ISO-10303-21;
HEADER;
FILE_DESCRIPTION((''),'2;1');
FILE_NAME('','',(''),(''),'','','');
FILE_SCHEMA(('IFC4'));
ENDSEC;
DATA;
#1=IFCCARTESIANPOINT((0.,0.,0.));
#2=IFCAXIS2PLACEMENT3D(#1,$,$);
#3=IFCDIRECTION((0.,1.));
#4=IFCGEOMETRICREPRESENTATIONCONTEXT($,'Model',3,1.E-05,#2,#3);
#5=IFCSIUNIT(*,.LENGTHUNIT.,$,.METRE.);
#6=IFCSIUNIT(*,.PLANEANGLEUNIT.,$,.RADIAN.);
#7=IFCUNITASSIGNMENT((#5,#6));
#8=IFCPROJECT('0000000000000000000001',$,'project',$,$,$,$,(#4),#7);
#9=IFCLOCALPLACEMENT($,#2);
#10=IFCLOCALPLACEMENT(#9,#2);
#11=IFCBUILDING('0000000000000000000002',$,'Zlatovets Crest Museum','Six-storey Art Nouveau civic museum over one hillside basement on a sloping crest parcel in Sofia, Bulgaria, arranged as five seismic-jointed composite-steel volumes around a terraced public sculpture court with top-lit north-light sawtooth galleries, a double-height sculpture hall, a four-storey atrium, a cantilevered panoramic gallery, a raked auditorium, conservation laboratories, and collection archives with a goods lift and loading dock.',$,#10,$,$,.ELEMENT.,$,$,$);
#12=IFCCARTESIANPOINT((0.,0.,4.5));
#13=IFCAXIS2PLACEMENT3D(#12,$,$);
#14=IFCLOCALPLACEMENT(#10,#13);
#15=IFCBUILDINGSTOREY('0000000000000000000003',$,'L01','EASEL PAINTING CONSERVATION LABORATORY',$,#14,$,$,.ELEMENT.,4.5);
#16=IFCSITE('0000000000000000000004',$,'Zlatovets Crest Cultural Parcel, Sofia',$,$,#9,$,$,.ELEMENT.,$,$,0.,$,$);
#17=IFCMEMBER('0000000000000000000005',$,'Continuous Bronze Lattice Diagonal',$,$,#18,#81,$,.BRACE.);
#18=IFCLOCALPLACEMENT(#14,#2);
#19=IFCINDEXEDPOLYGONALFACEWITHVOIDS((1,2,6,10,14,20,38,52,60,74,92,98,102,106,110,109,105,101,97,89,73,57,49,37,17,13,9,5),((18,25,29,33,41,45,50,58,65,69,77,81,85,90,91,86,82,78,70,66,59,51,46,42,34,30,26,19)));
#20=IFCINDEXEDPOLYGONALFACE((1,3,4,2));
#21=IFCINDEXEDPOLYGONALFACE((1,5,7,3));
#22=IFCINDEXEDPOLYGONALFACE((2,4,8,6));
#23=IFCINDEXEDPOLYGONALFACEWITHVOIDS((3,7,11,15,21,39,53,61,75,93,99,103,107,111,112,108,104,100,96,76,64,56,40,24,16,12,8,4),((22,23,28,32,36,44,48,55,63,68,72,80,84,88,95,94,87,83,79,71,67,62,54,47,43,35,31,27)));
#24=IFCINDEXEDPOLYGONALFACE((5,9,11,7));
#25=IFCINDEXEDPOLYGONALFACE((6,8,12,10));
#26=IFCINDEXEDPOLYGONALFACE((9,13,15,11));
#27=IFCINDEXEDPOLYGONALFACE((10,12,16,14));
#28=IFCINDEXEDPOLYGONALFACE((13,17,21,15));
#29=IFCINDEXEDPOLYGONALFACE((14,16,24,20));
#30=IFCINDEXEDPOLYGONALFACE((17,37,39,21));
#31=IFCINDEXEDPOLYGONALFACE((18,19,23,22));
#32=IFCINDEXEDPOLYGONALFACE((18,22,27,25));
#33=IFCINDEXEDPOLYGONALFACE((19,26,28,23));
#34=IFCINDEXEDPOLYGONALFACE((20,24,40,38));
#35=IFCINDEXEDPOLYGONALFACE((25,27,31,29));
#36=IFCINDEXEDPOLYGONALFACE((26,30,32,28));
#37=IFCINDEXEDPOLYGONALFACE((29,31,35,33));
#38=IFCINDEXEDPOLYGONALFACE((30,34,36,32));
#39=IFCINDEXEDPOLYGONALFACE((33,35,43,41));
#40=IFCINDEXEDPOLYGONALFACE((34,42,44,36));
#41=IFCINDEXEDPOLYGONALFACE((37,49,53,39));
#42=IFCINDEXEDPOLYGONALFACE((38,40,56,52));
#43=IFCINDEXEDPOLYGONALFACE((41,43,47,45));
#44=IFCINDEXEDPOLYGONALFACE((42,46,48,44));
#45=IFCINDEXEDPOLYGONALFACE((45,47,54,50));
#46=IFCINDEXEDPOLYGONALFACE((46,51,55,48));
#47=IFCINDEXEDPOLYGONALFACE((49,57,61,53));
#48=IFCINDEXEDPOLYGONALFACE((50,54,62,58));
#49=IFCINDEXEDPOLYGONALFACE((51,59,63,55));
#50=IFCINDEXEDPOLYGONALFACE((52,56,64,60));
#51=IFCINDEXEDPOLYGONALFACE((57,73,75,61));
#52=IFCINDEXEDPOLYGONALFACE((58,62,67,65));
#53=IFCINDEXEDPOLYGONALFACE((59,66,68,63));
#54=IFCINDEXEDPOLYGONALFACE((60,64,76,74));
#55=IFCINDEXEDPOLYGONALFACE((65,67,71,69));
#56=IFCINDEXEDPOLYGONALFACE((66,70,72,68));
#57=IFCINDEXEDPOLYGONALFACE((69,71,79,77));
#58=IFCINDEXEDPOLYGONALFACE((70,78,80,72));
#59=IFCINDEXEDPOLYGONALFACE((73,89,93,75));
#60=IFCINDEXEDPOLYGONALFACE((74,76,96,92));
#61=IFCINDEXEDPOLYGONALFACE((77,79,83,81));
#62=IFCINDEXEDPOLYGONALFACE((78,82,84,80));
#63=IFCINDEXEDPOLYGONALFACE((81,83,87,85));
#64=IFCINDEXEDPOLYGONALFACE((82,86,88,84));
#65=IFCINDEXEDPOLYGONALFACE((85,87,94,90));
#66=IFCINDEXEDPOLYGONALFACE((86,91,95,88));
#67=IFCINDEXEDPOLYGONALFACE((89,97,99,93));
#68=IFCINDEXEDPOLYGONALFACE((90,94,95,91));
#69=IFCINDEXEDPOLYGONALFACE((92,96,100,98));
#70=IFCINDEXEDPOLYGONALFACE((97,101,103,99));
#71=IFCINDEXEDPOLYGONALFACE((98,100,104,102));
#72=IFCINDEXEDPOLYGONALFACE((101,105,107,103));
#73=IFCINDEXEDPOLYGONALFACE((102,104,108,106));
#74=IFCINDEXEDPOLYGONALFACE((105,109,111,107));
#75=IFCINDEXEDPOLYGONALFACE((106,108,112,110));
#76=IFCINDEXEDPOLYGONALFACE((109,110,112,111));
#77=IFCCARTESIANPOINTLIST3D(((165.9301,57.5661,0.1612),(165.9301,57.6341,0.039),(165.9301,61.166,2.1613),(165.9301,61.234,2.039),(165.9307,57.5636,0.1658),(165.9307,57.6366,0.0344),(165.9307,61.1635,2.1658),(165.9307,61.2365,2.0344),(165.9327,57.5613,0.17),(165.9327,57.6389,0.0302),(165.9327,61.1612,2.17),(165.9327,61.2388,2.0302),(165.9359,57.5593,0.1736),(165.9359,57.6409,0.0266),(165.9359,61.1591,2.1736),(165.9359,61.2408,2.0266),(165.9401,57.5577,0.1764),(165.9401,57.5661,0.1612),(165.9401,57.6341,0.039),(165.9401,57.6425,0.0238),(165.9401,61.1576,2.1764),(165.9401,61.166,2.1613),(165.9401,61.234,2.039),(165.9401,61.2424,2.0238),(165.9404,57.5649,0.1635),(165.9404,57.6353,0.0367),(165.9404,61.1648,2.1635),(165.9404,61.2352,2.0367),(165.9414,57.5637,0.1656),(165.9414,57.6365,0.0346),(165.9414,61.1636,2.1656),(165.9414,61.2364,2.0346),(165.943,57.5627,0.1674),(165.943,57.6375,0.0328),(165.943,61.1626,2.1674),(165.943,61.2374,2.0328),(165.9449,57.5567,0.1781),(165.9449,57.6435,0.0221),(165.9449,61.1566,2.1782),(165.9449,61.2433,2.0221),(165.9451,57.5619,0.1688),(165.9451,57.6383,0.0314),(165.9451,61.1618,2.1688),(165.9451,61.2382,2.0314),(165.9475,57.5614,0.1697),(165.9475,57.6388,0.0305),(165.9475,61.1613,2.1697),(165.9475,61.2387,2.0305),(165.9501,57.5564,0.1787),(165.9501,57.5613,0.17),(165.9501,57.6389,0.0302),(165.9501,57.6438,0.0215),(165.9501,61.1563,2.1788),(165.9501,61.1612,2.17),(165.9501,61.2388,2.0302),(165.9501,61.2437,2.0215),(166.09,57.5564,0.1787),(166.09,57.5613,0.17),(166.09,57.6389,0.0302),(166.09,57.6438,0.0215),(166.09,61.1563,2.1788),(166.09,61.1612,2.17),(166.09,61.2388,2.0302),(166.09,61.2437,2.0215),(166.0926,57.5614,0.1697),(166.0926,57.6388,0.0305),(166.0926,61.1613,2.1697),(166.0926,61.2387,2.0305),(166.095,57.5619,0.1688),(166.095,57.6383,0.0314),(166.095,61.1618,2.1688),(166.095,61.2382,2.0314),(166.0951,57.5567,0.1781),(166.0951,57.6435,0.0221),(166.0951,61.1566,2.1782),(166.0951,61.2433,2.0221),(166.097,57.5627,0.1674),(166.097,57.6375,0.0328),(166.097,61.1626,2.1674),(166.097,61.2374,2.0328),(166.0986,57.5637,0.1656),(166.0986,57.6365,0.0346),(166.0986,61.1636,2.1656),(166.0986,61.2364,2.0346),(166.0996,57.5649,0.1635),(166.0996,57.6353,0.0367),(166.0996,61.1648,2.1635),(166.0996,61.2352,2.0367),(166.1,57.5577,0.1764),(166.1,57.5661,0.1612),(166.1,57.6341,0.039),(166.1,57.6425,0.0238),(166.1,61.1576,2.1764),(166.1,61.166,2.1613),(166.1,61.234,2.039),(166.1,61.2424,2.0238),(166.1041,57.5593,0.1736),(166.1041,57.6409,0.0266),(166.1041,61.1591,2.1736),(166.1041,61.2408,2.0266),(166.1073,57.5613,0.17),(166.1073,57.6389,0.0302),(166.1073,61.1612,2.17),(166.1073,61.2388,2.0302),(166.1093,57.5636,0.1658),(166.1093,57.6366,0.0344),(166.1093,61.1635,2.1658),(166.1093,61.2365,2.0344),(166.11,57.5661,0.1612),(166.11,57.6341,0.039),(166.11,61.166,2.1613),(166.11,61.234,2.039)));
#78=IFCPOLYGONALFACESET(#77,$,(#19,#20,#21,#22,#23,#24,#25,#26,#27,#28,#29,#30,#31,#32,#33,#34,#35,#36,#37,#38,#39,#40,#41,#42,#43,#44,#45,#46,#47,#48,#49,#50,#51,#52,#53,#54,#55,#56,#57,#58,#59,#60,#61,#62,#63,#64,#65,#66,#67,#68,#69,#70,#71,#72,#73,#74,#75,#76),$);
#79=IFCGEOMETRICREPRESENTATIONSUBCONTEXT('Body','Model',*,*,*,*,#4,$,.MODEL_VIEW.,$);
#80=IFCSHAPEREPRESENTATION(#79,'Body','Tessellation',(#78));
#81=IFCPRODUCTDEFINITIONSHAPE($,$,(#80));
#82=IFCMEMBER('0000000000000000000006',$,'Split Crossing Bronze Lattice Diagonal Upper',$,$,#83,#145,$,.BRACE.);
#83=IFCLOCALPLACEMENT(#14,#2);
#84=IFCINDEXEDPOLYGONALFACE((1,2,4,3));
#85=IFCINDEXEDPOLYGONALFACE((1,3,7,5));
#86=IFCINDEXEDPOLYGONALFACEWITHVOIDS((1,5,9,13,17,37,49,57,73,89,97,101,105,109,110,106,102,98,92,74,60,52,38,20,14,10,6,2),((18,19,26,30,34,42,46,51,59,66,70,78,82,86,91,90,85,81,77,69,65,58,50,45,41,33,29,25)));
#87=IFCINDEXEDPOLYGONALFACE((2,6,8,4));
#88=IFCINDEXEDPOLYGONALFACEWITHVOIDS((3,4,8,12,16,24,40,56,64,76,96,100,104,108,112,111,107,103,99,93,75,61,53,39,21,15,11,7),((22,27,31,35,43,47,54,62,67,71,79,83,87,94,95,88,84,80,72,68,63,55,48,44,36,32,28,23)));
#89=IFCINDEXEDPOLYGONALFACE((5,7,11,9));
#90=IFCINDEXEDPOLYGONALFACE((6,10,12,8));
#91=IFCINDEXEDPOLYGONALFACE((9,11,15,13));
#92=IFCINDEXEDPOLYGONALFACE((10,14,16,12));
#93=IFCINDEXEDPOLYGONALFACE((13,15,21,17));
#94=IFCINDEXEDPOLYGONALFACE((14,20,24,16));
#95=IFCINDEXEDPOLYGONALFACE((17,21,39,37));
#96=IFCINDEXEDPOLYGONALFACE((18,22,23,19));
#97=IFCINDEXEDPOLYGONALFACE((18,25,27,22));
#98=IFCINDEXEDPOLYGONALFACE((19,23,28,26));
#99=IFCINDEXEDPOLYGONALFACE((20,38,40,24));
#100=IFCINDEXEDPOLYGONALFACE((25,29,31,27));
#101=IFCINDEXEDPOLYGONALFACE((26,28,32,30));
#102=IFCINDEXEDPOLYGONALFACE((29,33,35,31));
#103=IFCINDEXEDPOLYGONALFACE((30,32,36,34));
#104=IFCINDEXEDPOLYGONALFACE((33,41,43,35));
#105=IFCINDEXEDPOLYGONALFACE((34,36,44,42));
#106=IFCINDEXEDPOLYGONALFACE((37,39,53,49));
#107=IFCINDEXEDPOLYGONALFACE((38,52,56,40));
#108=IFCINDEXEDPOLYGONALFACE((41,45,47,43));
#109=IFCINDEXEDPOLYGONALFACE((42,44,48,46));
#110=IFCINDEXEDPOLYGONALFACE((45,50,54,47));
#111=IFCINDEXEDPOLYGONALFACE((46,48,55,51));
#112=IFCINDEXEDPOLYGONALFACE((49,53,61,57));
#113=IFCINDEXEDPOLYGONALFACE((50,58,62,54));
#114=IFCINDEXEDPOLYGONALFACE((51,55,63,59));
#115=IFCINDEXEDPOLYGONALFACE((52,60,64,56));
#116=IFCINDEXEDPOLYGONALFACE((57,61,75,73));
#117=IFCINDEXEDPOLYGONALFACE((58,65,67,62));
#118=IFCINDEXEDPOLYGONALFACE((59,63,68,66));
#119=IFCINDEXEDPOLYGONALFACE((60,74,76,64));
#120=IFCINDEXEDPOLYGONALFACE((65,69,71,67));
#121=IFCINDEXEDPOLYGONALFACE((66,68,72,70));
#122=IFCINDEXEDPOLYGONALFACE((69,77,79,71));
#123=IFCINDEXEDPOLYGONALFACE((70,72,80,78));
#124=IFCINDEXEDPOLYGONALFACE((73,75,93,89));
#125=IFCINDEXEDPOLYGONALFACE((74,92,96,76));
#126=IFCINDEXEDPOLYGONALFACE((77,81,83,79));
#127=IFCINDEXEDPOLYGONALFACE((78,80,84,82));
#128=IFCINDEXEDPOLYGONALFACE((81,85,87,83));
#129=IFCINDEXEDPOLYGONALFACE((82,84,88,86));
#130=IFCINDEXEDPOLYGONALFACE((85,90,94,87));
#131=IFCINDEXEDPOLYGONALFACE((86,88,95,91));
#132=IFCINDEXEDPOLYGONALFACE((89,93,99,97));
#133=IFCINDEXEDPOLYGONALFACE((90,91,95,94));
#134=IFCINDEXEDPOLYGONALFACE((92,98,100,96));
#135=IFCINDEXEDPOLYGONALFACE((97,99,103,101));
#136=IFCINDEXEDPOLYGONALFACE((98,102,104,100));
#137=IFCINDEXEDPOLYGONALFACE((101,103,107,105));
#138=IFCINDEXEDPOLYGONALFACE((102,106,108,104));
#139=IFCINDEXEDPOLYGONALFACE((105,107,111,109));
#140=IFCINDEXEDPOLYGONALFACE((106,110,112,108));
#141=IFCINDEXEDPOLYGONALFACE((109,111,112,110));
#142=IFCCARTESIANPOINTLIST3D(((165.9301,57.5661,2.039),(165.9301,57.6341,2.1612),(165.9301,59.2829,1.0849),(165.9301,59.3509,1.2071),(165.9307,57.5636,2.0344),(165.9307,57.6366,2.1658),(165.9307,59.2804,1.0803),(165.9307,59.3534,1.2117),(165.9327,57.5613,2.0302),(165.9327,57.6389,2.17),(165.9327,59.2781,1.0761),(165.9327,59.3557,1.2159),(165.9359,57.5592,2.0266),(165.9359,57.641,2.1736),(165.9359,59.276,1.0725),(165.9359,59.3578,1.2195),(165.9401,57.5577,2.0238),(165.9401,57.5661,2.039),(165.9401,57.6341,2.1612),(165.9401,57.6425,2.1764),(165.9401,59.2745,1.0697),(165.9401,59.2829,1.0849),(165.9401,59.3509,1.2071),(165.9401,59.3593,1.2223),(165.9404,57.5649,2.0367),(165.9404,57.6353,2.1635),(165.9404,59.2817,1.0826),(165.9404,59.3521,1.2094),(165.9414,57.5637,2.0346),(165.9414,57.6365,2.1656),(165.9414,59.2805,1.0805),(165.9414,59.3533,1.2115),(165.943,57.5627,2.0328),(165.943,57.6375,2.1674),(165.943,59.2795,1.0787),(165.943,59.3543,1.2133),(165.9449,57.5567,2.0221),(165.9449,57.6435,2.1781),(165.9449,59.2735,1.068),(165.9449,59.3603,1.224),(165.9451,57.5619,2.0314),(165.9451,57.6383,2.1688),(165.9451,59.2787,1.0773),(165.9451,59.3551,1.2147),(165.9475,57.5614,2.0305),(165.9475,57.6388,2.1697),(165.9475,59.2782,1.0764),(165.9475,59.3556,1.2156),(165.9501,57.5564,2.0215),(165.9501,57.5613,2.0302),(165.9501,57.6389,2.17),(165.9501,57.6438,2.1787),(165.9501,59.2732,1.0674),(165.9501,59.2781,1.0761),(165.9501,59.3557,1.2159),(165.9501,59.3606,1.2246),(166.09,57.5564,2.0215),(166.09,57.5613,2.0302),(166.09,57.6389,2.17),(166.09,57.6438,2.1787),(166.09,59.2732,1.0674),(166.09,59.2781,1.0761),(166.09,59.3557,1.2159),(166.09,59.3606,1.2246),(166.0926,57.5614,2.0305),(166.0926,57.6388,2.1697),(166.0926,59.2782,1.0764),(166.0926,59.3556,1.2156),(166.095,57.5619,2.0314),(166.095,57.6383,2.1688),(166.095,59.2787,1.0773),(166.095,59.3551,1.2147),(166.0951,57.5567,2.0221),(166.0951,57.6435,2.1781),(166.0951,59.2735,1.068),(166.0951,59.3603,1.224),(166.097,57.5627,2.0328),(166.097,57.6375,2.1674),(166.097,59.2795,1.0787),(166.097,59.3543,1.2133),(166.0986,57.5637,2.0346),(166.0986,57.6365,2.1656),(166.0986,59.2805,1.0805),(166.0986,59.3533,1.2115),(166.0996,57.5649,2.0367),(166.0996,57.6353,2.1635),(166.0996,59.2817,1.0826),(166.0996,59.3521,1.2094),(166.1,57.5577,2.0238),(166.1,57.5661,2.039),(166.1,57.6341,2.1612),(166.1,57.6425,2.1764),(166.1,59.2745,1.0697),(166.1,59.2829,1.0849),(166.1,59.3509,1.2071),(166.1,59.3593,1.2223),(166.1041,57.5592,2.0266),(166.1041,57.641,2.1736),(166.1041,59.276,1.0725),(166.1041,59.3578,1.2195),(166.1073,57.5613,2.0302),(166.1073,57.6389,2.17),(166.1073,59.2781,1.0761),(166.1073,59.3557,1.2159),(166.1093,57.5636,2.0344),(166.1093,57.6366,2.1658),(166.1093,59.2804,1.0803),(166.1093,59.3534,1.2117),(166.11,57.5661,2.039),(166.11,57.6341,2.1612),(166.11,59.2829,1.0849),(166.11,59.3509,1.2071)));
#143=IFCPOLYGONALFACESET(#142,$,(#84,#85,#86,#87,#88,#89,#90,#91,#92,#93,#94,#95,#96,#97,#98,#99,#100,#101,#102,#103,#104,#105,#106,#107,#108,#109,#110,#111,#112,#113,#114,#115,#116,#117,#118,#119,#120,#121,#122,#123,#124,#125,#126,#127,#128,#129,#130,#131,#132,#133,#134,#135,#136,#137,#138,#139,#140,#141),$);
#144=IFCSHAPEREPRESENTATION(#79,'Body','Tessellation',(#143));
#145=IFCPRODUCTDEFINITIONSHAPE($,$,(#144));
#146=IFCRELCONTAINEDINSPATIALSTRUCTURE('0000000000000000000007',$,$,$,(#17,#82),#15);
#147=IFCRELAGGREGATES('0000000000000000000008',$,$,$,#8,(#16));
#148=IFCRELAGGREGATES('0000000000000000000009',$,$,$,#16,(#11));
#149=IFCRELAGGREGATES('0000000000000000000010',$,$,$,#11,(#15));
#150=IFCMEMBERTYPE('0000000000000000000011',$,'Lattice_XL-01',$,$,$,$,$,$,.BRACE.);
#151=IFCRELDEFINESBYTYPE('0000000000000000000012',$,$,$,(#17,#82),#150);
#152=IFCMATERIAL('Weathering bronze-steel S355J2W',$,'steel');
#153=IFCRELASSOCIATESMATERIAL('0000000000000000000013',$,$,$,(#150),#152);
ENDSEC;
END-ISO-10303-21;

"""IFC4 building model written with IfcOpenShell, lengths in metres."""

from ifc_helpers import new_model, si_unit, direction, frame, origin, origin_2d, place, context, subcontext, project, spatial, hollow_rectangle, extrude, material, material_profile, profile_set, type_object, element, save


model = new_model("IFC4")

# Units and contexts
model_context = context("Model", 3, precision=1e-05, world=origin(), true_north=direction((0.0, 1.0)))
body_context = subcontext(model_context, "Body", "Model", "MODEL_VIEW")
ifc_project = project(units=[si_unit("LENGTHUNIT", "METRE"), si_unit("PLANEANGLEUNIT", "RADIAN")], contexts=[model_context])

# Site, building, storey
site_placement = place(None, origin())
site = spatial("IfcSite", under=ifc_project, at=site_placement, Name="Zlatovets Crest Cultural Parcel, Sofia", CompositionType="ELEMENT", RefElevation=0.0)
building_placement = place(site_placement, origin())
building = spatial("IfcBuilding", under=site, at=building_placement, Name="Zlatovets Crest Museum", Description="Six-storey Art Nouveau civic museum over one hillside basement on a sloping crest parcel in Sofia, Bulgaria, arranged as five seismic-jointed composite-steel volumes around a terraced public sculpture court with top-lit north-light sawtooth galleries, a double-height sculpture hall, a four-storey atrium, a cantilevered panoramic gallery, a raked auditorium, conservation laboratories, and collection archives with a goods lift and loading dock.", CompositionType="ELEMENT")
storey_placement = place(building_placement, frame((0.0, 0.0, 4.5)))
storey = spatial("IfcBuildingStorey", under=building, at=storey_placement, Name="L01", Description="EASEL PAINTING CONSERVATION LABORATORY", CompositionType="ELEMENT", Elevation=4.5)

# Members
ifc_material_1 = material(Name="Weathering bronze-steel S355J2W", Category="steel")
ifc_material_profile_1 = material_profile(ifc_material_1, hollow_rectangle(XDim=0.1799, YDim=0.1799, WallThickness=0.01, InnerFilletRadius=0.01, OuterFilletRadius=0.02, at=origin_2d()), Name="SHS 180x180x10.0")
ifc_profile_set_1 = profile_set([ifc_material_profile_1], Name="Weathering bronze-steel S355J2W")
member_type_1 = type_object("IfcMemberType", Name="Lattice_XL-01", PredefinedType="BRACE", material=ifc_profile_set_1)
member_1_placement = place(storey_placement, frame((166.02, 57.6001, 0.1001), z_axis=(0.0, 0.874149, 0.485658), x_axis=(-1.0, 0.0, 0.0)))
element("IfcMember", 1, at=member_1_placement, inside=storey, type_object=member_type_1, Name="Continuous Bronze Lattice Diagonal", PredefinedType="BRACE", context=body_context, shape_type="SweptSolid", body=[
    extrude(hollow_rectangle(XDim=0.1799, YDim=0.1799, WallThickness=0.01, InnerFilletRadius=0.01, OuterFilletRadius=0.02, at=origin_2d()), origin(), (0.0, 0.0, 1.0), 4.1182),
])
for number, where, z_axis, x_axis, name in (
    (2, (166.02, 57.6001, 2.1001), (0.0, 0.874087, -0.48577), (-1.0, 0.0, 0.0), "Split Crossing Bronze Lattice Diagonal Upper"),
):
    element("IfcMember", number, at=place(storey_placement, frame(where, z_axis=z_axis, x_axis=x_axis)), inside=storey, type_object=member_type_1, Name=name, PredefinedType="BRACE", context=body_context, shape_type="SweptSolid", body=[
        extrude(hollow_rectangle(XDim=0.1799, YDim=0.1799, WallThickness=0.01, InnerFilletRadius=0.01, OuterFilletRadius=0.02, at=origin_2d()), origin(), (0.0, 0.0, 1.0), 1.9641),
    ])

save(model, "model.ifc")
